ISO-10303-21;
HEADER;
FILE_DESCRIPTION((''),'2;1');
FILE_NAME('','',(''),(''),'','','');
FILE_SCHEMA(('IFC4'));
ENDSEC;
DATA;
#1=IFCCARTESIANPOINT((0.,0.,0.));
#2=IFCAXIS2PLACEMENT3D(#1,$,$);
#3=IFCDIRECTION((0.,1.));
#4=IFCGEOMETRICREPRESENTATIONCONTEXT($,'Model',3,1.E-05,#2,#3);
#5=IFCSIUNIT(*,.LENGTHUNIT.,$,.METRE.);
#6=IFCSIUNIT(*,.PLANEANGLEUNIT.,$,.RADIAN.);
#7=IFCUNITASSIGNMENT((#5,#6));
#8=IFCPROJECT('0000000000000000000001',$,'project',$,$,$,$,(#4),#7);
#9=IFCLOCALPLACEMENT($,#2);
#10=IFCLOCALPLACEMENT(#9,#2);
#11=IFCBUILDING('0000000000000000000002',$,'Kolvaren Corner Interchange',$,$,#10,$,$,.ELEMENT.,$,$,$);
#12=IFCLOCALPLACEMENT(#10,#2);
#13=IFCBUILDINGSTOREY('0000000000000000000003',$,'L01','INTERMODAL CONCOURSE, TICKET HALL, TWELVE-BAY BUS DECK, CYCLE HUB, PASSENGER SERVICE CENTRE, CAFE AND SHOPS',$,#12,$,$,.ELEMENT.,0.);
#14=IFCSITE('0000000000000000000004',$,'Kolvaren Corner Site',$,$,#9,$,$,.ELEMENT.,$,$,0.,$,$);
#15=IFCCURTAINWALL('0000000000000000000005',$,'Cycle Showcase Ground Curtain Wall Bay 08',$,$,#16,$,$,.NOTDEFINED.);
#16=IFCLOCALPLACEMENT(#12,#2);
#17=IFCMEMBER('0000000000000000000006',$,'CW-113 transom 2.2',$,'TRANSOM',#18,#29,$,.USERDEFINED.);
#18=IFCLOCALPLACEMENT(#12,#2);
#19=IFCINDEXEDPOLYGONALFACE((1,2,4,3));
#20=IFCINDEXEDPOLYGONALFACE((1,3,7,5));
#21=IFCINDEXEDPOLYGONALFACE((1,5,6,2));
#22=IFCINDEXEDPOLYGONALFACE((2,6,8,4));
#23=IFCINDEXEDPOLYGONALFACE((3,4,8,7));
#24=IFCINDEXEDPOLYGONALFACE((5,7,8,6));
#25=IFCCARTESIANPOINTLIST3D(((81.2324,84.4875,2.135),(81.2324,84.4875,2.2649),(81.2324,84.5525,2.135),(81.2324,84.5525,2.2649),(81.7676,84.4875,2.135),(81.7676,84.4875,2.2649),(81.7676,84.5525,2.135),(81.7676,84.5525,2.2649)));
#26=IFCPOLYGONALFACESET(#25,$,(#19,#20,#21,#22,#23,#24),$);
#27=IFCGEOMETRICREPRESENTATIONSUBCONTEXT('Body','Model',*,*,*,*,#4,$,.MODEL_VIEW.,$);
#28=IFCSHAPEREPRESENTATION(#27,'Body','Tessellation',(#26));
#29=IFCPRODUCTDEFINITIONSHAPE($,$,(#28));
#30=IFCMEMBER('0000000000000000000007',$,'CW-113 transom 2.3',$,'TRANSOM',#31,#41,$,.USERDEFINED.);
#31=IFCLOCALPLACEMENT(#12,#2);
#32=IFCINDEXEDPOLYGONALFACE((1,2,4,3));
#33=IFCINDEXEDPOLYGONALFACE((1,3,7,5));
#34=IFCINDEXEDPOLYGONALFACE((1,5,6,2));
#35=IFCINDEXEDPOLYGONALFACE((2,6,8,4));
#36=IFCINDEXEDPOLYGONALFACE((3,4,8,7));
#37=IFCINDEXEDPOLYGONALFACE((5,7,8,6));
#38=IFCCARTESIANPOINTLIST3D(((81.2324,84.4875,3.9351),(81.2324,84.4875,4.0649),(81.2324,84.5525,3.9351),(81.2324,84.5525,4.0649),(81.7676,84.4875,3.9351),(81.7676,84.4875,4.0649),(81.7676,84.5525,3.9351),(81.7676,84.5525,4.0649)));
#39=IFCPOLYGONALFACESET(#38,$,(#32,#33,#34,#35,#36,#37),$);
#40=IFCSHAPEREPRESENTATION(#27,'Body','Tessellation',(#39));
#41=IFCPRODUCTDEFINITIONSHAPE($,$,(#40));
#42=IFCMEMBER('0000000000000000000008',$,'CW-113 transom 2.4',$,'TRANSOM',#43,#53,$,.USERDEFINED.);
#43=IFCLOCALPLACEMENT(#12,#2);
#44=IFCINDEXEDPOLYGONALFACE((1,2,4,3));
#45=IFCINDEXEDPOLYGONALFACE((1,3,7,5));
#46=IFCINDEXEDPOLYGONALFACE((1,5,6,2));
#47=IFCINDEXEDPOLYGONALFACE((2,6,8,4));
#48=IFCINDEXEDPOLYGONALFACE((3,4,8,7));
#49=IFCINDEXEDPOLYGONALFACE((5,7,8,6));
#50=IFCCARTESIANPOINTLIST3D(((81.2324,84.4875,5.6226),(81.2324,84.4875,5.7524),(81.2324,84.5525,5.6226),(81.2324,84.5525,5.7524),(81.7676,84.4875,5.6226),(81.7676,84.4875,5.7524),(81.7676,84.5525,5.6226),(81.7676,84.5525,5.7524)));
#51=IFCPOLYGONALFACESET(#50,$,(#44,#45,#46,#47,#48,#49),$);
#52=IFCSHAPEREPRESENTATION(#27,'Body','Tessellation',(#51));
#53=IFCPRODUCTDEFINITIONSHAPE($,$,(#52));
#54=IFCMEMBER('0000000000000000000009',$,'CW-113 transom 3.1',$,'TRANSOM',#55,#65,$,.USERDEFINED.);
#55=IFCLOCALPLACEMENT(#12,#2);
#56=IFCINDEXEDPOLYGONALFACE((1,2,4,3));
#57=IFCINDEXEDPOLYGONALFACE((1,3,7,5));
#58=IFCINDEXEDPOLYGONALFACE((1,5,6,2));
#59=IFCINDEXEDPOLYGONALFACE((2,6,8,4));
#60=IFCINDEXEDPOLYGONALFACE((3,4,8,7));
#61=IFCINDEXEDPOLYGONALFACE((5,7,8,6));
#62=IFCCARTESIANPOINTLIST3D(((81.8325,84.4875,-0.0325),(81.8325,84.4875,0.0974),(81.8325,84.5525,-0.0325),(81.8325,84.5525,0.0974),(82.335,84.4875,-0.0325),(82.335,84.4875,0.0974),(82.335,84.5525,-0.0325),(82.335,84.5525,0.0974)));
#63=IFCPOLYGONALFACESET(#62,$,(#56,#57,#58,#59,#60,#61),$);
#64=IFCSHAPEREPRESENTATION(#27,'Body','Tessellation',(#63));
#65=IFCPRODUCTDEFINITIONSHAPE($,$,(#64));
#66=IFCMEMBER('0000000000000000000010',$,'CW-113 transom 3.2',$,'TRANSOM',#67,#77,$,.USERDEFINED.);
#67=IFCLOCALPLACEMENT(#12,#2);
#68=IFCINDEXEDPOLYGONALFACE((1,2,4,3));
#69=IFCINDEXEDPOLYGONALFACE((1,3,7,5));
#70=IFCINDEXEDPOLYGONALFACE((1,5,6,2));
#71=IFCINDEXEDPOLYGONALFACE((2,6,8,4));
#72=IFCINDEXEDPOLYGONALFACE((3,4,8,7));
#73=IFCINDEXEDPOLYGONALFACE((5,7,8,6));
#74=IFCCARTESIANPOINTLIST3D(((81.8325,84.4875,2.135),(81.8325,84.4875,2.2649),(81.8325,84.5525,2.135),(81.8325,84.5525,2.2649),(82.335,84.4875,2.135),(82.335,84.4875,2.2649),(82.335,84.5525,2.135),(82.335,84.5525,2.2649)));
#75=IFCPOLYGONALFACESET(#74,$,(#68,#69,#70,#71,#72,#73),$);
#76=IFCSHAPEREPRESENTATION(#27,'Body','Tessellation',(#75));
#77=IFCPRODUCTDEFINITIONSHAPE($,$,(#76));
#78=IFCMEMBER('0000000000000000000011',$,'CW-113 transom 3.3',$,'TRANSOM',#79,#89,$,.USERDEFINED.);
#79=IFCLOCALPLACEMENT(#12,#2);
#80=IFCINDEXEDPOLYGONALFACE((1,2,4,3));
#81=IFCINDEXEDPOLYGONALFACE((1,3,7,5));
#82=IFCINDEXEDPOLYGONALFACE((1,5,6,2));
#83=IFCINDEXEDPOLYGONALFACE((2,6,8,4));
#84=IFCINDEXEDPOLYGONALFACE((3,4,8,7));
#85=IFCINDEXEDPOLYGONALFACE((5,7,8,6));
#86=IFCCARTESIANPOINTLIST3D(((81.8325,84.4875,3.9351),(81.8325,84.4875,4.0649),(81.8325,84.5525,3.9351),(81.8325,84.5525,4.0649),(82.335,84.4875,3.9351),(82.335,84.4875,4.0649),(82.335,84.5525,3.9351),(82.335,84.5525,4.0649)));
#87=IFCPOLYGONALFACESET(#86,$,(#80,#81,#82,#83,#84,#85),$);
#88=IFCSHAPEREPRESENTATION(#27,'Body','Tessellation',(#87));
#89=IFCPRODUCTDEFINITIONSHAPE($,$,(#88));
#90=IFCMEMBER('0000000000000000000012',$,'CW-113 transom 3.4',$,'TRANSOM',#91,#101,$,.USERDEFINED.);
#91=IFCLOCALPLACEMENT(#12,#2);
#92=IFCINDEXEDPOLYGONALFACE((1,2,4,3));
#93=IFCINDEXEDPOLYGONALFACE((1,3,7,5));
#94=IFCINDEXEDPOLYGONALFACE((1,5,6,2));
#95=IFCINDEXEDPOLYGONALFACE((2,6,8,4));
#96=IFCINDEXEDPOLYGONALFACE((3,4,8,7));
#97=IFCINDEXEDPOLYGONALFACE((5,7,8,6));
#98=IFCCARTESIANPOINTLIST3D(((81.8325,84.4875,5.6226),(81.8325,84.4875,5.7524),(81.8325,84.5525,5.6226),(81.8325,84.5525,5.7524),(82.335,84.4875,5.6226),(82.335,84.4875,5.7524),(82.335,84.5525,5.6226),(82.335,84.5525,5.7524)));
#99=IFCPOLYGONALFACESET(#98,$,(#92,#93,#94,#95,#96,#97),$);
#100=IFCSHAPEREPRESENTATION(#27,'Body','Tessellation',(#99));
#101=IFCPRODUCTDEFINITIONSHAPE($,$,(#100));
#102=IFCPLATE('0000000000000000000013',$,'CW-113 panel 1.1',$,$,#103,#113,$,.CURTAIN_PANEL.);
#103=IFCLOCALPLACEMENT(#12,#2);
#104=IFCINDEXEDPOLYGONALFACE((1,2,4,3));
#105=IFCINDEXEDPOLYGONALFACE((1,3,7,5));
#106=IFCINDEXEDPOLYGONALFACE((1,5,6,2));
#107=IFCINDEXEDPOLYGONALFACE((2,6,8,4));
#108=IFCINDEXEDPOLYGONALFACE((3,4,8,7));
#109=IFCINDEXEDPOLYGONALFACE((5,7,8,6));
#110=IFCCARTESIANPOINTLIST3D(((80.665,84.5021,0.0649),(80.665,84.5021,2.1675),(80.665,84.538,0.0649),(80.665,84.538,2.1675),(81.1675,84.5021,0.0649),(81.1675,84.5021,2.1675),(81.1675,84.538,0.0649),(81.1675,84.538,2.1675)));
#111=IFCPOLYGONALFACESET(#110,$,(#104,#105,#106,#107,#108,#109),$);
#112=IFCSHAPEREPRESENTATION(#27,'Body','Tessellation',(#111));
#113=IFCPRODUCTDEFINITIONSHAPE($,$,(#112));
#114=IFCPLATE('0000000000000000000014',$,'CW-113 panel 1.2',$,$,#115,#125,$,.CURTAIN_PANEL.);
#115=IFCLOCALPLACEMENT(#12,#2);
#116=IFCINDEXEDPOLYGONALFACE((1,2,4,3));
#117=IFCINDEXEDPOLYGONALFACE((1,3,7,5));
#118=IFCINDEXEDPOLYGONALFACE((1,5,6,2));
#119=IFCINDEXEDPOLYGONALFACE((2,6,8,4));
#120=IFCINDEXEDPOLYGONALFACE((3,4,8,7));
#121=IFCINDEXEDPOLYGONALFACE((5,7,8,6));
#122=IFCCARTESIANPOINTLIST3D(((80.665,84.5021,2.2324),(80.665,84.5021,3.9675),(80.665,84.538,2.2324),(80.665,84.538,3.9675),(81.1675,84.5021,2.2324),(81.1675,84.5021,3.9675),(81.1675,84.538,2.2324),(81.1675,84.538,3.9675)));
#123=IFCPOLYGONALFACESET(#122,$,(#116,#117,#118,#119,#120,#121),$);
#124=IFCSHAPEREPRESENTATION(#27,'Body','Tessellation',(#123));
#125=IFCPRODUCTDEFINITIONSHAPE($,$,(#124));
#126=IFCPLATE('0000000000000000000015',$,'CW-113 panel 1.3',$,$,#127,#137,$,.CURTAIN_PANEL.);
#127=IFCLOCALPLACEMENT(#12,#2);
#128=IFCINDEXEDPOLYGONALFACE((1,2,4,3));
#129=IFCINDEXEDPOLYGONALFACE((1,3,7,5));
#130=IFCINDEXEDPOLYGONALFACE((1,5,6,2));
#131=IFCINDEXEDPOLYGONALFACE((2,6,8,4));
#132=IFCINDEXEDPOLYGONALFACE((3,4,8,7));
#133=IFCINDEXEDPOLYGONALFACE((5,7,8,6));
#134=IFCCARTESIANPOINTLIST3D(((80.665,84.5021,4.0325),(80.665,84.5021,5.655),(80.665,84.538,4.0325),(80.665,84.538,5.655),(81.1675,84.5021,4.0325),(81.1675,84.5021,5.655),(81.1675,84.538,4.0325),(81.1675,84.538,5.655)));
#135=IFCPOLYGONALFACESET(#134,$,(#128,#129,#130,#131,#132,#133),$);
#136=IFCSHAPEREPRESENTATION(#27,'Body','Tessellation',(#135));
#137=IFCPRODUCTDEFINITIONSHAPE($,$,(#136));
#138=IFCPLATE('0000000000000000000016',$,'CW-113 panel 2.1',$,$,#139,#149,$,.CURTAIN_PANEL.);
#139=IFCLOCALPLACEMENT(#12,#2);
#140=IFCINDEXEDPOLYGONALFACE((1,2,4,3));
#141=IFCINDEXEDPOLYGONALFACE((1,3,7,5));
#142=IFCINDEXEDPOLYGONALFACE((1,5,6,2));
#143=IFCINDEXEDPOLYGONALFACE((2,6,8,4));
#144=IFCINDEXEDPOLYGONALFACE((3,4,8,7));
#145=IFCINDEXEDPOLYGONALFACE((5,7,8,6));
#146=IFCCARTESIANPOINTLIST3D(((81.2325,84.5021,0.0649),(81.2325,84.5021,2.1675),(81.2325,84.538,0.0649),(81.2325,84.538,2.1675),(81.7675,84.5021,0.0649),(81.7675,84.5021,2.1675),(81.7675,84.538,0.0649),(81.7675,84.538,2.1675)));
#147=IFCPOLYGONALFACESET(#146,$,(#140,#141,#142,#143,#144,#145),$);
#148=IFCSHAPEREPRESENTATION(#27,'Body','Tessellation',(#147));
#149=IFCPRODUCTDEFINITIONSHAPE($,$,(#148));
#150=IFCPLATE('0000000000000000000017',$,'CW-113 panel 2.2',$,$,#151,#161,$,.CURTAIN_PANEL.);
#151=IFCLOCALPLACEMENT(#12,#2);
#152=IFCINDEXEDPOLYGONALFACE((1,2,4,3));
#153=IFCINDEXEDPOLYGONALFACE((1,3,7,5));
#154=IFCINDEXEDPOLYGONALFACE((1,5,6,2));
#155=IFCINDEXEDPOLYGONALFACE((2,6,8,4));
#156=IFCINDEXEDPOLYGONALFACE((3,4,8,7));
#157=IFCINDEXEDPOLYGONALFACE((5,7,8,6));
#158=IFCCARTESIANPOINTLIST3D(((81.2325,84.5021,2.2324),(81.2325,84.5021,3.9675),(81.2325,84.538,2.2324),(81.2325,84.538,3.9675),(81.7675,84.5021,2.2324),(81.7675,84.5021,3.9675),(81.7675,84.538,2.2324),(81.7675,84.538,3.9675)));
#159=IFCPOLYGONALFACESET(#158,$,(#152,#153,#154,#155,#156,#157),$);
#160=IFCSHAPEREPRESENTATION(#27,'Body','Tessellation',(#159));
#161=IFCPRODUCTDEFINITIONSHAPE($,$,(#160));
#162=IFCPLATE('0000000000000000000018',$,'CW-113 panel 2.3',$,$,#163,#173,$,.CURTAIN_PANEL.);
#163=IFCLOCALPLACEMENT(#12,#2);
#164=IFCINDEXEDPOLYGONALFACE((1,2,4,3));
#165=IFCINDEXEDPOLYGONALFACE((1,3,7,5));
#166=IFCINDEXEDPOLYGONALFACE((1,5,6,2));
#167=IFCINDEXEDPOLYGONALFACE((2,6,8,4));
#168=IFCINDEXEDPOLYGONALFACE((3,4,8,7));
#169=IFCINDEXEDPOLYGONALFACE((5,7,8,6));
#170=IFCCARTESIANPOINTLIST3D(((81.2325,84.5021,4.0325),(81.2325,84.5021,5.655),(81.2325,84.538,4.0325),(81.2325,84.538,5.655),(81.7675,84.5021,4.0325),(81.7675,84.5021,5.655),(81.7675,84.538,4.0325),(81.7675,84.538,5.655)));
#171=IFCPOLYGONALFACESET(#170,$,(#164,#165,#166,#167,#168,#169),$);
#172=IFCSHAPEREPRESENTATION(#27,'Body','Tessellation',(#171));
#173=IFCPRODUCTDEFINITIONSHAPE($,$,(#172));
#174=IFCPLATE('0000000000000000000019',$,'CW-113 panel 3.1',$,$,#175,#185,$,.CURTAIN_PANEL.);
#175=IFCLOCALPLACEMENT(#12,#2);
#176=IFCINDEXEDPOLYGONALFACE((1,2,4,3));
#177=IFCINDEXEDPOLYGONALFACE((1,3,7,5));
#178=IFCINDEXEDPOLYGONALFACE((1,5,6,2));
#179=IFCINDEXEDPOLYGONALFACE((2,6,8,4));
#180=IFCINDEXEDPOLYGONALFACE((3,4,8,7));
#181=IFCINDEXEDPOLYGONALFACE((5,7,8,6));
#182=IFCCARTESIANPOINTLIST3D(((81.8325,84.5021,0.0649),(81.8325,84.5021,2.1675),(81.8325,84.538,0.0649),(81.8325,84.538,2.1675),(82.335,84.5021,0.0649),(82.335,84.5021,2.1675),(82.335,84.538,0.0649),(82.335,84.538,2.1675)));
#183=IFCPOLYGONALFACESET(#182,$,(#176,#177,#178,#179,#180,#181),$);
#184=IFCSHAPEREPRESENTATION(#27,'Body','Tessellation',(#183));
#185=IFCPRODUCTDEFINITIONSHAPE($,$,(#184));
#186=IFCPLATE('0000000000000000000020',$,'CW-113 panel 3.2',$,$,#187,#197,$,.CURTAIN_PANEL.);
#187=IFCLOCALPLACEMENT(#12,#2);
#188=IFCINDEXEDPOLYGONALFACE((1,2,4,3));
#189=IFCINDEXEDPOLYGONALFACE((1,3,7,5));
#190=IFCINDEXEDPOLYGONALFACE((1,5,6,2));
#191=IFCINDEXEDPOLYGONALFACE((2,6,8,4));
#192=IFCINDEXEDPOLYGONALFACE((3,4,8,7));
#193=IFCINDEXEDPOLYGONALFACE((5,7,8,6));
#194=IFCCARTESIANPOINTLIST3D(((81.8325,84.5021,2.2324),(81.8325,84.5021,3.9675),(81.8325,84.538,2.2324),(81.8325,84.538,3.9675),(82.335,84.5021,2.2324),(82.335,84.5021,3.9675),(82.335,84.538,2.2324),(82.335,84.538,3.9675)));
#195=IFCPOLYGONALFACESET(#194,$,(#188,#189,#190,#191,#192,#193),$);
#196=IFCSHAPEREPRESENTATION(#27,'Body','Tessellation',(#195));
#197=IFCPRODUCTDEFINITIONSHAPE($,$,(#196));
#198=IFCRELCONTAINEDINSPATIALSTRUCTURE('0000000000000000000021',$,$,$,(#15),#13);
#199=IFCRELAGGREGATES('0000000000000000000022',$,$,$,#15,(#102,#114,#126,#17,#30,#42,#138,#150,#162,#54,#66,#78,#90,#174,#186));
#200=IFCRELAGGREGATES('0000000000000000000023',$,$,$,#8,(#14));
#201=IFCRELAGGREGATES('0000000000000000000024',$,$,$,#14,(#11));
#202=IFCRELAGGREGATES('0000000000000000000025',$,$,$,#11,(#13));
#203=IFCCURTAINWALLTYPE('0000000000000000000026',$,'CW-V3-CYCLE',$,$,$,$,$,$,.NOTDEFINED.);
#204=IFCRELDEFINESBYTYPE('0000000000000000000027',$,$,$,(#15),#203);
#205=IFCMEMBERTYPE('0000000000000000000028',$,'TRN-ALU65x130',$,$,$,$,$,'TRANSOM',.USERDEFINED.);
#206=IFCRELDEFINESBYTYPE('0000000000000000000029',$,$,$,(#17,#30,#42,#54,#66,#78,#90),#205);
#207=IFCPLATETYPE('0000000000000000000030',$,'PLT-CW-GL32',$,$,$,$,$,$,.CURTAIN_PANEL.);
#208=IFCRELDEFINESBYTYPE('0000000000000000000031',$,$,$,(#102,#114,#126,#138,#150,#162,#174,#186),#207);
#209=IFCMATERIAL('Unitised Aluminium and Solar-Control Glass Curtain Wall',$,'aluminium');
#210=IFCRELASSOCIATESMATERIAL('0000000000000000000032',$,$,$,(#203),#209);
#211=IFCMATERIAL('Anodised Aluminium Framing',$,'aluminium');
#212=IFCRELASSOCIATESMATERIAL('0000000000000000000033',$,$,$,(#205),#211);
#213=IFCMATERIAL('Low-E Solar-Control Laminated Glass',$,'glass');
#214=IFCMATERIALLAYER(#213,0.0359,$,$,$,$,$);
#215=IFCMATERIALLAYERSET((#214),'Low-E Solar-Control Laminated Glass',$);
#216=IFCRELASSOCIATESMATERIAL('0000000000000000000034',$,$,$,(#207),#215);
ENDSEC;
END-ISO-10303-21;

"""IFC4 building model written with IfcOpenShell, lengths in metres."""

from ifc_helpers import new_model, si_unit, direction, frame, origin, origin_2d, place, context, subcontext, project, spatial, rectangle, extrude, material, layer, layer_set, material_profile, profile_set, type_object, element, aggregate, save


model = new_model("IFC4")

# Units and contexts
model_context = context("Model", 3, precision=1e-05, world=origin(), true_north=direction((0.0, 1.0)))
body_context = subcontext(model_context, "Body", "Model", "MODEL_VIEW")
ifc_project = project(units=[si_unit("LENGTHUNIT", "METRE"), si_unit("PLANEANGLEUNIT", "RADIAN")], contexts=[model_context])

# Site, building, storey
site_placement = place(None, origin())
site = spatial("IfcSite", under=ifc_project, at=site_placement, Name="Kolvaren Corner Site", CompositionType="ELEMENT", RefElevation=0.0)
building_placement = place(site_placement, origin())
building = spatial("IfcBuilding", under=site, at=building_placement, Name="Kolvaren Corner Interchange", CompositionType="ELEMENT")
storey_placement = place(building_placement, origin())
storey = spatial("IfcBuildingStorey", under=building, at=storey_placement, Name="L01", Description="INTERMODAL CONCOURSE, TICKET HALL, TWELVE-BAY BUS DECK, CYCLE HUB, PASSENGER SERVICE CENTRE, CAFE AND SHOPS", CompositionType="ELEMENT", Elevation=0.0)

# Curtain wall, members, plates
ifc_material_1 = material(Name="Unitised Aluminium and Solar-Control Glass Curtain Wall", Category="aluminium")
curtain_wall_type = type_object("IfcCurtainWallType", Name="CW-V3-CYCLE", PredefinedType="NOTDEFINED", material=ifc_material_1)
curtain_wall_placement = place(storey_placement, origin())
curtain_wall = element("IfcCurtainWall", 1, at=curtain_wall_placement, inside=storey, type_object=curtain_wall_type, Name="Cycle Showcase Ground Curtain Wall Bay 08", PredefinedType="NOTDEFINED")
ifc_material_2 = material(Name="Anodised Aluminium Framing", Category="aluminium")
ifc_material_profile_1 = material_profile(ifc_material_2, rectangle(XDim=0.0649, YDim=0.1299, at=origin_2d()), Name="ALU 65x130")
ifc_profile_set_1 = profile_set([ifc_material_profile_1], Name="Anodised Aluminium Framing")
member_type_1 = type_object("IfcMemberType", Name="TRN-ALU65x130", ElementType="TRANSOM", PredefinedType="USERDEFINED", material=ifc_profile_set_1)
member_1_placement = place(storey_placement, frame((81.2324, 84.52, 2.2), z_axis=(1.0, 0.0, 0.0), x_axis=(0.0, 1.0, 0.0)))
member_1 = element("IfcMember", 2, at=member_1_placement, type_object=member_type_1, Name="CW-113 transom 2.2", ObjectType="TRANSOM", PredefinedType="USERDEFINED", context=body_context, shape_type="SweptSolid", body=[
    extrude(rectangle(XDim=0.0649, YDim=0.1299, at=origin_2d()), origin(), (0.0, 0.0, 1.0), 0.5352),
])
member_2_placement = place(storey_placement, frame((81.2324, 84.52, 4.0), z_axis=(1.0, 0.0, 0.0), x_axis=(0.0, 1.0, 0.0)))
member_2 = element("IfcMember", 3, at=member_2_placement, type_object=member_type_1, Name="CW-113 transom 2.3", ObjectType="TRANSOM", PredefinedType="USERDEFINED", context=body_context, shape_type="SweptSolid", body=[
    extrude(rectangle(XDim=0.0649, YDim=0.1299, at=origin_2d()), origin(), (0.0, 0.0, 1.0), 0.5352),
])
member_3_placement = place(storey_placement, frame((81.2324, 84.52, 5.6875), z_axis=(1.0, 0.0, 0.0), x_axis=(0.0, 1.0, 0.0)))
member_3 = element("IfcMember", 4, at=member_3_placement, type_object=member_type_1, Name="CW-113 transom 2.4", ObjectType="TRANSOM", PredefinedType="USERDEFINED", context=body_context, shape_type="SweptSolid", body=[
    extrude(rectangle(XDim=0.0649, YDim=0.1299, at=origin_2d()), origin(), (0.0, 0.0, 1.0), 0.5352),
])
member_4_placement = place(storey_placement, frame((81.8325, 84.52, 0.0325), z_axis=(1.0, 0.0, 0.0), x_axis=(0.0, 1.0, 0.0)))
member_4 = element("IfcMember", 5, at=member_4_placement, type_object=member_type_1, Name="CW-113 transom 3.1", ObjectType="TRANSOM", PredefinedType="USERDEFINED", context=body_context, shape_type="SweptSolid", body=[
    extrude(rectangle(XDim=0.0649, YDim=0.1299, at=origin_2d()), origin(), (0.0, 0.0, 1.0), 0.5024),
])
member_5_placement = place(storey_placement, frame((81.8325, 84.52, 2.2), z_axis=(1.0, 0.0, 0.0), x_axis=(0.0, 1.0, 0.0)))
member_5 = element("IfcMember", 6, at=member_5_placement, type_object=member_type_1, Name="CW-113 transom 3.2", ObjectType="TRANSOM", PredefinedType="USERDEFINED", context=body_context, shape_type="SweptSolid", body=[
    extrude(rectangle(XDim=0.0649, YDim=0.1299, at=origin_2d()), origin(), (0.0, 0.0, 1.0), 0.5024),
])
member_6_placement = place(storey_placement, frame((81.8325, 84.52, 4.0), z_axis=(1.0, 0.0, 0.0), x_axis=(0.0, 1.0, 0.0)))
member_6 = element("IfcMember", 7, at=member_6_placement, type_object=member_type_1, Name="CW-113 transom 3.3", ObjectType="TRANSOM", PredefinedType="USERDEFINED", context=body_context, shape_type="SweptSolid", body=[
    extrude(rectangle(XDim=0.0649, YDim=0.1299, at=origin_2d()), origin(), (0.0, 0.0, 1.0), 0.5024),
])
member_7_placement = place(storey_placement, frame((81.8325, 84.52, 5.6875), z_axis=(1.0, 0.0, 0.0), x_axis=(0.0, 1.0, 0.0)))
member_7 = element("IfcMember", 8, at=member_7_placement, type_object=member_type_1, Name="CW-113 transom 3.4", ObjectType="TRANSOM", PredefinedType="USERDEFINED", context=body_context, shape_type="SweptSolid", body=[
    extrude(rectangle(XDim=0.0649, YDim=0.1299, at=origin_2d()), origin(), (0.0, 0.0, 1.0), 0.5024),
])
ifc_material_3 = material(Name="Low-E Solar-Control Laminated Glass", Category="glass")
ifc_layer_1 = layer(ifc_material_3, 0.0359)
ifc_layer_set_1 = layer_set([ifc_layer_1], Name="Low-E Solar-Control Laminated Glass")
plate_type = type_object("IfcPlateType", Name="PLT-CW-GL32", PredefinedType="CURTAIN_PANEL", material=ifc_layer_set_1)
plate_1_placement = place(storey_placement, frame((80.9163, 84.52, 0.0649), z_axis=(0.0, 0.0, 1.0), x_axis=(1.0, 0.0, 0.0)))
plate_1 = element("IfcPlate", 9, at=plate_1_placement, type_object=plate_type, Name="CW-113 panel 1.1", PredefinedType="CURTAIN_PANEL", context=body_context, shape_type="SweptSolid", body=[
    extrude(rectangle(XDim=0.5024, YDim=0.0359, at=origin_2d()), origin(), (0.0, 0.0, 1.0), 2.1025),
])
plate_2_placement = place(storey_placement, frame((80.9163, 84.52, 2.2324), z_axis=(0.0, 0.0, 1.0), x_axis=(1.0, 0.0, 0.0)))
plate_2 = element("IfcPlate", 10, at=plate_2_placement, type_object=plate_type, Name="CW-113 panel 1.2", PredefinedType="CURTAIN_PANEL", context=body_context, shape_type="SweptSolid", body=[
    extrude(rectangle(XDim=0.5024, YDim=0.0359, at=origin_2d()), origin(), (0.0, 0.0, 1.0), 1.7351),
])
plate_3_placement = place(storey_placement, frame((80.9163, 84.52, 4.0325), z_axis=(0.0, 0.0, 1.0), x_axis=(1.0, 0.0, 0.0)))
plate_3 = element("IfcPlate", 11, at=plate_3_placement, type_object=plate_type, Name="CW-113 panel 1.3", PredefinedType="CURTAIN_PANEL", context=body_context, shape_type="SweptSolid", body=[
    extrude(rectangle(XDim=0.5024, YDim=0.0359, at=origin_2d()), origin(), (0.0, 0.0, 1.0), 1.6226),
])
plate_4_placement = place(storey_placement, frame((81.5, 84.52, 0.0649), z_axis=(0.0, 0.0, 1.0), x_axis=(1.0, 0.0, 0.0)))
plate_4 = element("IfcPlate", 12, at=plate_4_placement, type_object=plate_type, Name="CW-113 panel 2.1", PredefinedType="CURTAIN_PANEL", context=body_context, shape_type="SweptSolid", body=[
    extrude(rectangle(XDim=0.5349, YDim=0.0359, at=origin_2d()), origin(), (0.0, 0.0, 1.0), 2.1025),
])
plate_5_placement = place(storey_placement, frame((81.5, 84.52, 2.2324), z_axis=(0.0, 0.0, 1.0), x_axis=(1.0, 0.0, 0.0)))
plate_5 = element("IfcPlate", 13, at=plate_5_placement, type_object=plate_type, Name="CW-113 panel 2.2", PredefinedType="CURTAIN_PANEL", context=body_context, shape_type="SweptSolid", body=[
    extrude(rectangle(XDim=0.5349, YDim=0.0359, at=origin_2d()), origin(), (0.0, 0.0, 1.0), 1.7351),
])
plate_6_placement = place(storey_placement, frame((81.5, 84.52, 4.0325), z_axis=(0.0, 0.0, 1.0), x_axis=(1.0, 0.0, 0.0)))
plate_6 = element("IfcPlate", 14, at=plate_6_placement, type_object=plate_type, Name="CW-113 panel 2.3", PredefinedType="CURTAIN_PANEL", context=body_context, shape_type="SweptSolid", body=[
    extrude(rectangle(XDim=0.5349, YDim=0.0359, at=origin_2d()), origin(), (0.0, 0.0, 1.0), 1.6226),
])
plate_7_placement = place(storey_placement, frame((82.0837, 84.52, 0.0649), z_axis=(0.0, 0.0, 1.0), x_axis=(1.0, 0.0, 0.0)))
plate_7 = element("IfcPlate", 15, at=plate_7_placement, type_object=plate_type, Name="CW-113 panel 3.1", PredefinedType="CURTAIN_PANEL", context=body_context, shape_type="SweptSolid", body=[
    extrude(rectangle(XDim=0.5024, YDim=0.0359, at=origin_2d()), origin(), (0.0, 0.0, 1.0), 2.1025),
])
plate_8_placement = place(storey_placement, frame((82.0837, 84.52, 2.2324), z_axis=(0.0, 0.0, 1.0), x_axis=(1.0, 0.0, 0.0)))
plate_8 = element("IfcPlate", 16, at=plate_8_placement, type_object=plate_type, Name="CW-113 panel 3.2", PredefinedType="CURTAIN_PANEL", context=body_context, shape_type="SweptSolid", body=[
    extrude(rectangle(XDim=0.5024, YDim=0.0359, at=origin_2d()), origin(), (0.0, 0.0, 1.0), 1.7351),
])
aggregate(curtain_wall, [plate_1, plate_2, plate_3, member_1, member_2, member_3, plate_4, plate_5, plate_6, member_4, member_5, member_6, member_7, plate_7, plate_8])

save(model, "model.ifc")
